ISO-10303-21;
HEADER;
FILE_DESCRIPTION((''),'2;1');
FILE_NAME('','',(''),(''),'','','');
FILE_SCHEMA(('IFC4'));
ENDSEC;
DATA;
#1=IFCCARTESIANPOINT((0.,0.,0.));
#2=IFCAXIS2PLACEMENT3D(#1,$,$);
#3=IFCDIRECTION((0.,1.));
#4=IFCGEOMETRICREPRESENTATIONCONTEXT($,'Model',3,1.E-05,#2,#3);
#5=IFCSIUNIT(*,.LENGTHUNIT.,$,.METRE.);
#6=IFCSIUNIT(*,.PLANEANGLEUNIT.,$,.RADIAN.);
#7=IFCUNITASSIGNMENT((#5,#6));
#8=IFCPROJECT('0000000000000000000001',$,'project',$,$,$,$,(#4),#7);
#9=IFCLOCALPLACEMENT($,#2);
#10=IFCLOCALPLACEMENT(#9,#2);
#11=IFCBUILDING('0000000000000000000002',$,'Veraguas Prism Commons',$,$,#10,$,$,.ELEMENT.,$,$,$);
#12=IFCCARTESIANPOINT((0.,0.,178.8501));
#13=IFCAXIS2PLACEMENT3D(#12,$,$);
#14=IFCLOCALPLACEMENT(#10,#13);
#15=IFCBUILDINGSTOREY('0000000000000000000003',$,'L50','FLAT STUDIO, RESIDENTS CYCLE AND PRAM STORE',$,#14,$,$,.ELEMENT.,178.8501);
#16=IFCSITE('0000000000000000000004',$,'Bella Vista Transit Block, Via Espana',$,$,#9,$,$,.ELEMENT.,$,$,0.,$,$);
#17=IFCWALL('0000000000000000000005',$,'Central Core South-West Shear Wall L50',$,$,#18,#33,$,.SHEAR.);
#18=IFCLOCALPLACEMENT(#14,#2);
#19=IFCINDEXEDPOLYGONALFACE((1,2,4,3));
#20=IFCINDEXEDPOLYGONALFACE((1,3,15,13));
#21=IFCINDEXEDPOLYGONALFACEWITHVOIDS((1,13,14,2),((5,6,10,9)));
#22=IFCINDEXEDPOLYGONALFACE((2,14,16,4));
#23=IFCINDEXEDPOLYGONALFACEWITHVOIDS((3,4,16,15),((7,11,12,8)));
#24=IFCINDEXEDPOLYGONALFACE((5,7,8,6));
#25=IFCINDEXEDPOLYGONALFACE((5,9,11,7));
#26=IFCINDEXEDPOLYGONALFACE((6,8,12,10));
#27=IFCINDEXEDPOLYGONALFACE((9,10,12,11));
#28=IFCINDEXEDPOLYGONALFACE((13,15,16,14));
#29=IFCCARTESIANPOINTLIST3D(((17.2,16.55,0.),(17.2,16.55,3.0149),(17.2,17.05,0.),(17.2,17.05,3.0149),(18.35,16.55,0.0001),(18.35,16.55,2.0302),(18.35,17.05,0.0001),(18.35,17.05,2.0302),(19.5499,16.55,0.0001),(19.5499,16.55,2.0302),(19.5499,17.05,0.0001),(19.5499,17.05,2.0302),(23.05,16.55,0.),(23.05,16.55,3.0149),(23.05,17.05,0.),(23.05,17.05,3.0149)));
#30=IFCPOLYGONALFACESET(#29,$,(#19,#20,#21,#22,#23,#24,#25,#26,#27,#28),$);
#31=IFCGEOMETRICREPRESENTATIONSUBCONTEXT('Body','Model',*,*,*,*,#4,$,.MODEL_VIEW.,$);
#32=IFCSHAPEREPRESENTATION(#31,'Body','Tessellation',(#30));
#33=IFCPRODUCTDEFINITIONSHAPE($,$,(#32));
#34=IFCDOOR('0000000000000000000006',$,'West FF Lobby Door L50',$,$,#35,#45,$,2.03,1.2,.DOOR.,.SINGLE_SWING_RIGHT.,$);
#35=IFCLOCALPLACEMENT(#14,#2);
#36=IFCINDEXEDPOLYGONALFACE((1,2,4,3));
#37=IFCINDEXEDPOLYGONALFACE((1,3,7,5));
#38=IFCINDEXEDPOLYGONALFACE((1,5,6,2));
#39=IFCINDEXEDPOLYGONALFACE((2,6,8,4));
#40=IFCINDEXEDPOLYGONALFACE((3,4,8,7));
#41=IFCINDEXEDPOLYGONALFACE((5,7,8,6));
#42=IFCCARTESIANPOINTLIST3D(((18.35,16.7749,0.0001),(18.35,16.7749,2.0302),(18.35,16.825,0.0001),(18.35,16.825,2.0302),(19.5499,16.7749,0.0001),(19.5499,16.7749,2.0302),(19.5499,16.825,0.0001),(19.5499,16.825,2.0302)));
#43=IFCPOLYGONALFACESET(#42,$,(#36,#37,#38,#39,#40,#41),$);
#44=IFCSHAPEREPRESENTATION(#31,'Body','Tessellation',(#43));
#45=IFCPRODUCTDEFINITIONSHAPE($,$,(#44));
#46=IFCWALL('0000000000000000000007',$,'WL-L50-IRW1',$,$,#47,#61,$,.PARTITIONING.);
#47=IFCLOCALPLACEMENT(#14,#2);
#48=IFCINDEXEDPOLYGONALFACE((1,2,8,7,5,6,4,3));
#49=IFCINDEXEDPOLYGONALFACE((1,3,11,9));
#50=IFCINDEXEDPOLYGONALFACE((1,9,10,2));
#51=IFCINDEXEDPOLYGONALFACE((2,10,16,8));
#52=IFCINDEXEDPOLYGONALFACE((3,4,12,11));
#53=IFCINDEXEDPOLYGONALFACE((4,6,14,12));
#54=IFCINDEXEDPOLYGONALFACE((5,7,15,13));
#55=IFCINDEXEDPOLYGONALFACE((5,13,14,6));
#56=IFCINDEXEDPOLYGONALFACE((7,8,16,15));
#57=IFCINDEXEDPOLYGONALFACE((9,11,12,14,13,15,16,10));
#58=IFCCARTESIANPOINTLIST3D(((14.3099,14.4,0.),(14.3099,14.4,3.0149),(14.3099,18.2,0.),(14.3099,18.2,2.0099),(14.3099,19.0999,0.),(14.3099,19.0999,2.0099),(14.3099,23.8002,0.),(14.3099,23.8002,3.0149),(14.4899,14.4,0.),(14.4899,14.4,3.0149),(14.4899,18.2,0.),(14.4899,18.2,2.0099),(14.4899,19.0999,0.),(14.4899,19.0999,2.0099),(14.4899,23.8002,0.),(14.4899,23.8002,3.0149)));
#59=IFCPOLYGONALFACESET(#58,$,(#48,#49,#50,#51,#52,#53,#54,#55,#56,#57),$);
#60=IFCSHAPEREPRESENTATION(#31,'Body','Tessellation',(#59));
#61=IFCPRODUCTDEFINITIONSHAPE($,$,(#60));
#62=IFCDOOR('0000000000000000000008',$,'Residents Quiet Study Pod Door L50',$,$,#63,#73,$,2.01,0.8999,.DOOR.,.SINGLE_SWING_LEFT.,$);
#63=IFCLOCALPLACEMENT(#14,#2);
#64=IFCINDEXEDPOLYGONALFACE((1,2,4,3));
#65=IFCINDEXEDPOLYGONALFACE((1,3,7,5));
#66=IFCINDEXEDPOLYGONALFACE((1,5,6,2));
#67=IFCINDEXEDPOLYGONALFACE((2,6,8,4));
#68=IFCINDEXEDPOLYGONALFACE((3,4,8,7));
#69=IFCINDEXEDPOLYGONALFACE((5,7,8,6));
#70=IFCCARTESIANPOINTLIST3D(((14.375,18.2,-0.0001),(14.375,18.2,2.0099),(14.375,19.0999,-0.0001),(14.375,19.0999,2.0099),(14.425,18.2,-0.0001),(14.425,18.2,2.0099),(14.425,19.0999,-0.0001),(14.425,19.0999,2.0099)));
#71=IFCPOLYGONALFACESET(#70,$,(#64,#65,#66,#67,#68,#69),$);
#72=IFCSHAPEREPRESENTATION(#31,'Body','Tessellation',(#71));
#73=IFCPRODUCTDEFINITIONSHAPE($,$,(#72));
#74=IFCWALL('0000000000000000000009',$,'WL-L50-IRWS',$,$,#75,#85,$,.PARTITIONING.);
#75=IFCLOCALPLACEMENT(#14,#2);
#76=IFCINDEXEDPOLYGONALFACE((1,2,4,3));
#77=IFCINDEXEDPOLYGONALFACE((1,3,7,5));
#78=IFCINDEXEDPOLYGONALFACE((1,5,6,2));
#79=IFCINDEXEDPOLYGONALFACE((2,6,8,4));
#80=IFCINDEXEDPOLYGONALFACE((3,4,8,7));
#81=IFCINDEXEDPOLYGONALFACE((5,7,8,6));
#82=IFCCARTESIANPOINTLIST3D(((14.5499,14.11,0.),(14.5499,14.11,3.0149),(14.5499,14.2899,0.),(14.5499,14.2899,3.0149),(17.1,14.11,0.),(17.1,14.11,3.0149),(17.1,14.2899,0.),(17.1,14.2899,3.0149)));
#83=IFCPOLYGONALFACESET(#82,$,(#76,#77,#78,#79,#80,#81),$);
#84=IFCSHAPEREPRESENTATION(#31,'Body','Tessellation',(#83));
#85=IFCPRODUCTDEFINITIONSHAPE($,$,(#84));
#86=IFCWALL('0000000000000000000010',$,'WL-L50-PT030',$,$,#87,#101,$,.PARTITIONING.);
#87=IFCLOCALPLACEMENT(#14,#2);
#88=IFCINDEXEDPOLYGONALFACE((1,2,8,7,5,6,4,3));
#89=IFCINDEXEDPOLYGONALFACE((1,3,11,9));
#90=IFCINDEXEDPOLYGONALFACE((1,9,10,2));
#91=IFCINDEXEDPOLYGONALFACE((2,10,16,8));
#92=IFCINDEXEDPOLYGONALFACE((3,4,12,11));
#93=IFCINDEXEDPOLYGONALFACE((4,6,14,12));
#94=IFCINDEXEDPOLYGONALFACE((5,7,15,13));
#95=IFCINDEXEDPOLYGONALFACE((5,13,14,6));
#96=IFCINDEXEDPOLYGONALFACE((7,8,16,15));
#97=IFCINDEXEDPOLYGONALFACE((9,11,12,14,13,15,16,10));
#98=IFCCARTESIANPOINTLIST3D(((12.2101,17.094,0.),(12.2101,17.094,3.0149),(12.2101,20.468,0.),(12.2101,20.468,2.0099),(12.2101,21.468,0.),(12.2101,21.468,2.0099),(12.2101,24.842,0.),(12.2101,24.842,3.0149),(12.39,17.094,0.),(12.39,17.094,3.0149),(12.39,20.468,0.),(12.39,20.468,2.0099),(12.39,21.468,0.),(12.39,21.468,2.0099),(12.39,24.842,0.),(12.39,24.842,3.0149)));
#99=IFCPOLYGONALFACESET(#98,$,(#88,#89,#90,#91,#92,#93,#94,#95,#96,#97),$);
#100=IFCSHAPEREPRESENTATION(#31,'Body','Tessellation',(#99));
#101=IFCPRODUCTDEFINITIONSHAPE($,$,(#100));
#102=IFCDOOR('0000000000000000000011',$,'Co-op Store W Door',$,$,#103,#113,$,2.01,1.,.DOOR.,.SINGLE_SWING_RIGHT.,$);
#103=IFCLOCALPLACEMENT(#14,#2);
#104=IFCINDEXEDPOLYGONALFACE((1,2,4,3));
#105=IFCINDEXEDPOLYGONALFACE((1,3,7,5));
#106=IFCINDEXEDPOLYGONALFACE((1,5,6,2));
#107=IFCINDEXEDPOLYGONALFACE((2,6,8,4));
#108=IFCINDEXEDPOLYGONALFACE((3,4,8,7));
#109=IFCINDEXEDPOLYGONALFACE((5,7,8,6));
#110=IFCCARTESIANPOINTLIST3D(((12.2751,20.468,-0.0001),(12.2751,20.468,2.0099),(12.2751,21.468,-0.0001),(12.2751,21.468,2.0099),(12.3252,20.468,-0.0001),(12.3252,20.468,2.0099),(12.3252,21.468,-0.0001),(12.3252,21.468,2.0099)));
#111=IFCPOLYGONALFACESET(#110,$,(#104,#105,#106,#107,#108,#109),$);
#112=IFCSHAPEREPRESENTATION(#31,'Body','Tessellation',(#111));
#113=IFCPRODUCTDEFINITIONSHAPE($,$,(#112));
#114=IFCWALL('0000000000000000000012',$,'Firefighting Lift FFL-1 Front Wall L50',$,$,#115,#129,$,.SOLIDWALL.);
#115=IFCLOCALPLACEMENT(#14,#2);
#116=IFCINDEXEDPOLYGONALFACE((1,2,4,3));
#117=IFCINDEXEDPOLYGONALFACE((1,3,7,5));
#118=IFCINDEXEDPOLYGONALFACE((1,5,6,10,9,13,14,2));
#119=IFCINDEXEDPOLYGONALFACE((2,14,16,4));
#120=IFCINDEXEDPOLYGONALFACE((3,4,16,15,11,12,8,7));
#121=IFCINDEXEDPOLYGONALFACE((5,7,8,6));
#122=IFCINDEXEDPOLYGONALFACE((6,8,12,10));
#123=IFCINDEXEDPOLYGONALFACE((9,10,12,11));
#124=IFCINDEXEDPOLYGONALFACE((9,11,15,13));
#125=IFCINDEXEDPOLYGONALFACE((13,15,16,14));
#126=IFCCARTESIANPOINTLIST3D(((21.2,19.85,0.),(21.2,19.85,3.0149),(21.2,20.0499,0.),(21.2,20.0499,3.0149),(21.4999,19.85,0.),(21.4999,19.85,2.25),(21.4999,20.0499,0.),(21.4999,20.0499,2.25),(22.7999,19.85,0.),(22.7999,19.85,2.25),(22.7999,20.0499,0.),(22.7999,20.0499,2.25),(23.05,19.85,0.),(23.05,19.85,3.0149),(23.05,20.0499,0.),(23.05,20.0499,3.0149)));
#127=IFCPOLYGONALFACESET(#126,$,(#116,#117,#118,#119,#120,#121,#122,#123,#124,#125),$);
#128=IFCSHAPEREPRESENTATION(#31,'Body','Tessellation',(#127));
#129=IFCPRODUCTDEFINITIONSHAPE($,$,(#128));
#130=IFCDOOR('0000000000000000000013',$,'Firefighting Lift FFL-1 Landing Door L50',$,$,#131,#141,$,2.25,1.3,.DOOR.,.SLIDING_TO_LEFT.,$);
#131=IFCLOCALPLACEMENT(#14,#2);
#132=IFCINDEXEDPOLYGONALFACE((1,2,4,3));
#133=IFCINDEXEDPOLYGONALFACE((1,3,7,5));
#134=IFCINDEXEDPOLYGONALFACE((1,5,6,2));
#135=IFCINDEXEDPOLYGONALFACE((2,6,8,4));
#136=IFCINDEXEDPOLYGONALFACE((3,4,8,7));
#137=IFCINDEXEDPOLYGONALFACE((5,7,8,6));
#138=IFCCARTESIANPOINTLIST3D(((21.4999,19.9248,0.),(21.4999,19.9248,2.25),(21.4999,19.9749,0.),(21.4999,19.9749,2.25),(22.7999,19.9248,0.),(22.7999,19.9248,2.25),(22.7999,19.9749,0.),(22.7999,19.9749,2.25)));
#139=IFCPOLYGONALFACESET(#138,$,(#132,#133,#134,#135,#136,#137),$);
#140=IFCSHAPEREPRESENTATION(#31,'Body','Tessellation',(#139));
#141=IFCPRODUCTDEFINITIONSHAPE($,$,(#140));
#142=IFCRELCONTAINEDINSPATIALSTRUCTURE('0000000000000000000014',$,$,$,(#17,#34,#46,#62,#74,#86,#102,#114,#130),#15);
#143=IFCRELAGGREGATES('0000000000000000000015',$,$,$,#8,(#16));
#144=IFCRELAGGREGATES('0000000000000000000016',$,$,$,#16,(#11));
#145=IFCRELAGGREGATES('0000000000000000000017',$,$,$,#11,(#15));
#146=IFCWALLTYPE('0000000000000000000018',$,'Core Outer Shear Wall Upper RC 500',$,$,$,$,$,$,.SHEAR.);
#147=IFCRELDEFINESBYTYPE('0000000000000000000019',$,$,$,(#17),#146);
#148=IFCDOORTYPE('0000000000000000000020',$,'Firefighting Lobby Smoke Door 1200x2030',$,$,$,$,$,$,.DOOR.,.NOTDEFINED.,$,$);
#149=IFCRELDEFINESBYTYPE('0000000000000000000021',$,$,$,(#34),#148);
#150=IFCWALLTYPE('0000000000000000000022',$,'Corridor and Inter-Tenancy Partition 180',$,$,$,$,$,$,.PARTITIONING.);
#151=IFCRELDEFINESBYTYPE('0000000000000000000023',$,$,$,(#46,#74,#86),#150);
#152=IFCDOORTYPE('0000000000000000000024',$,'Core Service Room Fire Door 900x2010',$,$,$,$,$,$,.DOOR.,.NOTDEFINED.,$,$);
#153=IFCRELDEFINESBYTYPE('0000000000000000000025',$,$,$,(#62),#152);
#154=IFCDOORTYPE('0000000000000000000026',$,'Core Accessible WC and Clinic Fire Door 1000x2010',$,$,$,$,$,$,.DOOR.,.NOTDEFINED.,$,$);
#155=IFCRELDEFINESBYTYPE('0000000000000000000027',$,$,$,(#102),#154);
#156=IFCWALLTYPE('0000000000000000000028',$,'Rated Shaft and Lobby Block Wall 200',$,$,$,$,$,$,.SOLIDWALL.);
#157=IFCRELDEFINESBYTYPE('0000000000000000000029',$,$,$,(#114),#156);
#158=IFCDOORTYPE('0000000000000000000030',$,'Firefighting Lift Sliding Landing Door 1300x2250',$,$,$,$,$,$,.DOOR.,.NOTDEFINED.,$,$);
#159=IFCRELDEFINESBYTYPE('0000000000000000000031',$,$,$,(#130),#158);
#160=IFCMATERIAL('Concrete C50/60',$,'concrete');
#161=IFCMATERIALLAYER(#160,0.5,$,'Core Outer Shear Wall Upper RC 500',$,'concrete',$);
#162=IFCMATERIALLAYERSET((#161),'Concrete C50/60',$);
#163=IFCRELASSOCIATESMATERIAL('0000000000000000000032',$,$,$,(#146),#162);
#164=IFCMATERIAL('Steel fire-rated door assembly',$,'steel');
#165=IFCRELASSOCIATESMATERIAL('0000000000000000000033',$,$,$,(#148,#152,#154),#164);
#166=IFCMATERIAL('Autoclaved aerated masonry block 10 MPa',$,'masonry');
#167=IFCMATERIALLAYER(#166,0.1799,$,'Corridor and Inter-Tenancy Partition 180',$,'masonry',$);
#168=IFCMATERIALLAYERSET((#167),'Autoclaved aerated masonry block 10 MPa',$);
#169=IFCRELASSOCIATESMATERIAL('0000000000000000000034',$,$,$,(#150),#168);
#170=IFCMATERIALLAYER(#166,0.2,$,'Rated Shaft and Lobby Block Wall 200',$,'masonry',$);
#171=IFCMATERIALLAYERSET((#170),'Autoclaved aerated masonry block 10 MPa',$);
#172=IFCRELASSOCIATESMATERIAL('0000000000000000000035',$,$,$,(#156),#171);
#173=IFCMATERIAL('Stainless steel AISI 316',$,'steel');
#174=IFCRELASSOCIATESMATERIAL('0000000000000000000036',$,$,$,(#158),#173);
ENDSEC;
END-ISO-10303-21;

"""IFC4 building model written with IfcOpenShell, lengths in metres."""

from ifc_helpers import new_model, si_unit, direction, frame, frame_2d, origin, place, context, subcontext, project, spatial, rectangle, extrude, source, transform, mapped, material, layer, layer_set, type_object, element, fill, save


model = new_model("IFC4")

# Units and contexts
model_context = context("Model", 3, precision=1e-05, world=origin(), true_north=direction((0.0, 1.0)))
body_context = subcontext(model_context, "Body", "Model", "MODEL_VIEW")
ifc_project = project(units=[si_unit("LENGTHUNIT", "METRE"), si_unit("PLANEANGLEUNIT", "RADIAN")], contexts=[model_context])

# Site, building, storey
site_placement = place(None, origin())
site = spatial("IfcSite", under=ifc_project, at=site_placement, Name="Bella Vista Transit Block, Via Espana", CompositionType="ELEMENT", RefElevation=0.0)
building_placement = place(site_placement, origin())
building = spatial("IfcBuilding", under=site, at=building_placement, Name="Veraguas Prism Commons", CompositionType="ELEMENT")
storey_placement = place(building_placement, frame((0.0, 0.0, 178.8501)))
storey = spatial("IfcBuildingStorey", under=building, at=storey_placement, Name="L50", Description="FLAT STUDIO, RESIDENTS CYCLE AND PRAM STORE", CompositionType="ELEMENT", Elevation=178.8501)

# Shared definitions
ifc_material_1 = material(Name="Concrete C50/60", Category="concrete")

# Shared definitions
ifc_material_2 = material(Name="Steel fire-rated door assembly", Category="steel")

# Shared definitions
ifc_layer_1 = layer(ifc_material_1, 0.5, Name="Core Outer Shear Wall Upper RC 500", Category="concrete")
ifc_layer_set_1 = layer_set([ifc_layer_1], Name="Concrete C50/60")
wall_type_1 = type_object("IfcWallType", Name="Core Outer Shear Wall Upper RC 500", PredefinedType="SHEAR", material=ifc_layer_set_1)

# Walls, openings, doors
wall_1_placement = place(storey_placement, frame((17.2, 16.8, 0.0), z_axis=(0.0, 0.0, 1.0), x_axis=(1.0, 0.0, 0.0)))
wall_1 = element("IfcWall", 1, at=wall_1_placement, inside=storey, type_object=wall_type_1, Name="Central Core South-West Shear Wall L50", PredefinedType="SHEAR", context=body_context, shape_type="SweptSolid", body=[
    extrude(rectangle(XDim=5.8501, YDim=0.5, at=frame_2d((2.925, 0.0))), origin(), (0.0, 0.0, 1.0), 3.0149),
])
opening_1_placement = place(wall_1_placement, frame((1.1499, 0.0, 0.0)))
opening_1 = element("IfcOpeningElement", 2, at=opening_1_placement, cuts=wall_1, PredefinedType="OPENING", context=body_context, shape_type="SweptSolid", body=[
    extrude(rectangle(XDim=1.2, YDim=2.03, at=frame_2d((0.6001, 1.0151))), frame((0.0, 0.26, 0.0), z_axis=(0.0, -1.0, 0.0), x_axis=(1.0, 0.0, 0.0)), (0.0, 0.0, 1.0), 0.52),
])
door_type_1 = type_object("IfcDoorType", Name="Firefighting Lobby Smoke Door 1200x2030", OperationType="NOTDEFINED", PredefinedType="DOOR", material=ifc_material_2)
shared_shape_1 = source(origin(), body_context, "Body", "SweptSolid", [
    extrude(rectangle(XDim=1.2, YDim=2.03, at=frame_2d((0.6001, 1.0151))), frame((0.0, 0.0249, 0.0), z_axis=(0.0, -1.0, 0.0), x_axis=(1.0, 0.0, 0.0)), (0.0, 0.0, 1.0), 0.05),
])
door_1_placement = place(opening_1_placement, origin())
door_1 = element("IfcDoor", 3, at=door_1_placement, inside=storey, type_object=door_type_1, Name="West FF Lobby Door L50", OperationType="SINGLE_SWING_RIGHT", OverallHeight=2.03, OverallWidth=1.2, PredefinedType="DOOR", context=body_context, shape_type="MappedRepresentation", body=[
    mapped(shared_shape_1, transform((0.0, 0.0, 0.0), scale=1.0)),
])
fill(opening_1, door_1)
ifc_material_3 = material(Name="Autoclaved aerated masonry block 10 MPa", Category="masonry")
ifc_layer_2 = layer(ifc_material_3, 0.1799, Name="Corridor and Inter-Tenancy Partition 180", Category="masonry")
ifc_layer_set_2 = layer_set([ifc_layer_2], Name="Autoclaved aerated masonry block 10 MPa")
wall_type_2 = type_object("IfcWallType", Name="Corridor and Inter-Tenancy Partition 180", PredefinedType="PARTITIONING", material=ifc_layer_set_2)
wall_2_placement = place(storey_placement, frame((14.3999, 14.3999, 0.0), z_axis=(0.0, 0.0, 1.0), x_axis=(0.0, 1.0, 0.0)))
wall_2 = element("IfcWall", 4, at=wall_2_placement, inside=storey, type_object=wall_type_2, Name="WL-L50-IRW1", PredefinedType="PARTITIONING", context=body_context, shape_type="SweptSolid", body=[
    extrude(rectangle(XDim=9.4001, YDim=0.1799, at=frame_2d((4.7002, 0.0))), origin(), (0.0, 0.0, 1.0), 3.0149),
])
opening_2_placement = place(wall_2_placement, frame((3.8, 0.0, 0.0)))
opening_2 = element("IfcOpeningElement", 5, at=opening_2_placement, cuts=wall_2, PredefinedType="OPENING", context=body_context, shape_type="SweptSolid", body=[
    extrude(rectangle(XDim=0.8999, YDim=2.01, at=frame_2d((0.45, 1.0049))), frame((0.0, 0.0999, 0.0), z_axis=(0.0, -1.0, 0.0), x_axis=(1.0, 0.0, 0.0)), (0.0, 0.0, 1.0), 0.2),
])
door_type_2 = type_object("IfcDoorType", Name="Core Service Room Fire Door 900x2010", OperationType="NOTDEFINED", PredefinedType="DOOR", material=ifc_material_2)
shared_shape_2 = source(origin(), body_context, "Body", "SweptSolid", [
    extrude(rectangle(XDim=0.8999, YDim=2.01, at=frame_2d((0.45, 1.0049))), frame((0.0, 0.0249, 0.0), z_axis=(0.0, -1.0, 0.0), x_axis=(1.0, 0.0, 0.0)), (0.0, 0.0, 1.0), 0.05),
])
door_2_placement = place(opening_2_placement, origin())
door_2 = element("IfcDoor", 6, at=door_2_placement, inside=storey, type_object=door_type_2, Name="Residents Quiet Study Pod Door L50", OperationType="SINGLE_SWING_LEFT", OverallHeight=2.01, OverallWidth=0.8999, PredefinedType="DOOR", context=body_context, shape_type="MappedRepresentation", body=[
    mapped(shared_shape_2, transform((0.0, 0.0, 0.0), scale=1.0)),
])
fill(opening_2, door_2)

# Wall
wall_3_placement = place(storey_placement, frame((14.55, 14.2, 0.0), z_axis=(0.0, 0.0, 1.0), x_axis=(1.0, 0.0, 0.0)))
element("IfcWall", 7, at=wall_3_placement, inside=storey, type_object=wall_type_2, Name="WL-L50-IRWS", PredefinedType="PARTITIONING", context=body_context, shape_type="SweptSolid", body=[
    extrude(rectangle(XDim=2.55, YDim=0.1799, at=frame_2d((1.2749, 0.0))), origin(), (0.0, 0.0, 1.0), 3.0149),
])

# Walls, openings, doors
wall_4_placement = place(storey_placement, frame((12.3, 17.094, 0.0), z_axis=(0.0, 0.0, 1.0), x_axis=(0.0, 1.0, 0.0)))
wall_4 = element("IfcWall", 8, at=wall_4_placement, inside=storey, type_object=wall_type_2, Name="WL-L50-PT030", PredefinedType="PARTITIONING", context=body_context, shape_type="SweptSolid", body=[
    extrude(rectangle(XDim=7.748, YDim=0.1799, at=frame_2d((3.874, 0.0))), origin(), (0.0, 0.0, 1.0), 3.0149),
])
opening_3_placement = place(wall_4_placement, frame((3.374, 0.0, 0.0)))
opening_3 = element("IfcOpeningElement", 9, at=opening_3_placement, cuts=wall_4, PredefinedType="OPENING", context=body_context, shape_type="SweptSolid", body=[
    extrude(rectangle(XDim=1.0, YDim=2.01, at=frame_2d((0.5, 1.0049))), frame((0.0, 0.0999, 0.0), z_axis=(0.0, -1.0, 0.0), x_axis=(1.0, 0.0, 0.0)), (0.0, 0.0, 1.0), 0.2),
])
door_type_3 = type_object("IfcDoorType", Name="Core Accessible WC and Clinic Fire Door 1000x2010", OperationType="NOTDEFINED", PredefinedType="DOOR", material=ifc_material_2)
shared_shape_3 = source(origin(), body_context, "Body", "SweptSolid", [
    extrude(rectangle(XDim=1.0, YDim=2.01, at=frame_2d((0.5, 1.0049))), frame((0.0, 0.0249, 0.0), z_axis=(0.0, -1.0, 0.0), x_axis=(1.0, 0.0, 0.0)), (0.0, 0.0, 1.0), 0.05),
])
door_3_placement = place(opening_3_placement, origin())
door_3 = element("IfcDoor", 10, at=door_3_placement, inside=storey, type_object=door_type_3, Name="Co-op Store W Door", OperationType="SINGLE_SWING_RIGHT", OverallHeight=2.01, OverallWidth=1.0, PredefinedType="DOOR", context=body_context, shape_type="MappedRepresentation", body=[
    mapped(shared_shape_3, transform((0.0, 0.0, 0.0), scale=1.0)),
])
fill(opening_3, door_3)
ifc_layer_3 = layer(ifc_material_3, 0.2, Name="Rated Shaft and Lobby Block Wall 200", Category="masonry")
ifc_layer_set_3 = layer_set([ifc_layer_3], Name="Autoclaved aerated masonry block 10 MPa")
wall_type_3 = type_object("IfcWallType", Name="Rated Shaft and Lobby Block Wall 200", PredefinedType="SOLIDWALL", material=ifc_layer_set_3)
wall_5_placement = place(storey_placement, frame((21.2, 19.95, 0.0), z_axis=(0.0, 0.0, 1.0), x_axis=(1.0, 0.0, 0.0)))
wall_5 = element("IfcWall", 11, at=wall_5_placement, inside=storey, type_object=wall_type_3, Name="Firefighting Lift FFL-1 Front Wall L50", PredefinedType="SOLIDWALL", context=body_context, shape_type="SweptSolid", body=[
    extrude(rectangle(XDim=1.8501, YDim=0.2, at=frame_2d((0.925, 0.0))), origin(), (0.0, 0.0, 1.0), 3.0149),
])
opening_4_placement = place(wall_5_placement, frame((0.3, 0.0, 0.0)))
opening_4 = element("IfcOpeningElement", 12, at=opening_4_placement, cuts=wall_5, PredefinedType="OPENING", context=body_context, shape_type="SweptSolid", body=[
    extrude(rectangle(XDim=1.3, YDim=2.25, at=frame_2d((0.6499, 1.125))), frame((0.0, 0.1099, 0.0), z_axis=(0.0, -1.0, 0.0), x_axis=(1.0, 0.0, 0.0)), (0.0, 0.0, 1.0), 0.22),
])
ifc_material_4 = material(Name="Stainless steel AISI 316", Category="steel")
door_type_4 = type_object("IfcDoorType", Name="Firefighting Lift Sliding Landing Door 1300x2250", OperationType="NOTDEFINED", PredefinedType="DOOR", material=ifc_material_4)
shared_shape_4 = source(origin(), body_context, "Body", "SweptSolid", [
    extrude(rectangle(XDim=1.3, YDim=2.25, at=frame_2d((0.6499, 1.125))), frame((0.0, 0.0249, 0.0), z_axis=(0.0, -1.0, 0.0), x_axis=(1.0, 0.0, 0.0)), (0.0, 0.0, 1.0), 0.05),
])
door_4_placement = place(opening_4_placement, origin())
door_4 = element("IfcDoor", 13, at=door_4_placement, inside=storey, type_object=door_type_4, Name="Firefighting Lift FFL-1 Landing Door L50", OperationType="SLIDING_TO_LEFT", OverallHeight=2.25, OverallWidth=1.3, PredefinedType="DOOR", context=body_context, shape_type="MappedRepresentation", body=[
    mapped(shared_shape_4, transform((0.0, 0.0, 0.0), scale=1.0)),
])
fill(opening_4, door_4)

save(model, "model.ifc")
